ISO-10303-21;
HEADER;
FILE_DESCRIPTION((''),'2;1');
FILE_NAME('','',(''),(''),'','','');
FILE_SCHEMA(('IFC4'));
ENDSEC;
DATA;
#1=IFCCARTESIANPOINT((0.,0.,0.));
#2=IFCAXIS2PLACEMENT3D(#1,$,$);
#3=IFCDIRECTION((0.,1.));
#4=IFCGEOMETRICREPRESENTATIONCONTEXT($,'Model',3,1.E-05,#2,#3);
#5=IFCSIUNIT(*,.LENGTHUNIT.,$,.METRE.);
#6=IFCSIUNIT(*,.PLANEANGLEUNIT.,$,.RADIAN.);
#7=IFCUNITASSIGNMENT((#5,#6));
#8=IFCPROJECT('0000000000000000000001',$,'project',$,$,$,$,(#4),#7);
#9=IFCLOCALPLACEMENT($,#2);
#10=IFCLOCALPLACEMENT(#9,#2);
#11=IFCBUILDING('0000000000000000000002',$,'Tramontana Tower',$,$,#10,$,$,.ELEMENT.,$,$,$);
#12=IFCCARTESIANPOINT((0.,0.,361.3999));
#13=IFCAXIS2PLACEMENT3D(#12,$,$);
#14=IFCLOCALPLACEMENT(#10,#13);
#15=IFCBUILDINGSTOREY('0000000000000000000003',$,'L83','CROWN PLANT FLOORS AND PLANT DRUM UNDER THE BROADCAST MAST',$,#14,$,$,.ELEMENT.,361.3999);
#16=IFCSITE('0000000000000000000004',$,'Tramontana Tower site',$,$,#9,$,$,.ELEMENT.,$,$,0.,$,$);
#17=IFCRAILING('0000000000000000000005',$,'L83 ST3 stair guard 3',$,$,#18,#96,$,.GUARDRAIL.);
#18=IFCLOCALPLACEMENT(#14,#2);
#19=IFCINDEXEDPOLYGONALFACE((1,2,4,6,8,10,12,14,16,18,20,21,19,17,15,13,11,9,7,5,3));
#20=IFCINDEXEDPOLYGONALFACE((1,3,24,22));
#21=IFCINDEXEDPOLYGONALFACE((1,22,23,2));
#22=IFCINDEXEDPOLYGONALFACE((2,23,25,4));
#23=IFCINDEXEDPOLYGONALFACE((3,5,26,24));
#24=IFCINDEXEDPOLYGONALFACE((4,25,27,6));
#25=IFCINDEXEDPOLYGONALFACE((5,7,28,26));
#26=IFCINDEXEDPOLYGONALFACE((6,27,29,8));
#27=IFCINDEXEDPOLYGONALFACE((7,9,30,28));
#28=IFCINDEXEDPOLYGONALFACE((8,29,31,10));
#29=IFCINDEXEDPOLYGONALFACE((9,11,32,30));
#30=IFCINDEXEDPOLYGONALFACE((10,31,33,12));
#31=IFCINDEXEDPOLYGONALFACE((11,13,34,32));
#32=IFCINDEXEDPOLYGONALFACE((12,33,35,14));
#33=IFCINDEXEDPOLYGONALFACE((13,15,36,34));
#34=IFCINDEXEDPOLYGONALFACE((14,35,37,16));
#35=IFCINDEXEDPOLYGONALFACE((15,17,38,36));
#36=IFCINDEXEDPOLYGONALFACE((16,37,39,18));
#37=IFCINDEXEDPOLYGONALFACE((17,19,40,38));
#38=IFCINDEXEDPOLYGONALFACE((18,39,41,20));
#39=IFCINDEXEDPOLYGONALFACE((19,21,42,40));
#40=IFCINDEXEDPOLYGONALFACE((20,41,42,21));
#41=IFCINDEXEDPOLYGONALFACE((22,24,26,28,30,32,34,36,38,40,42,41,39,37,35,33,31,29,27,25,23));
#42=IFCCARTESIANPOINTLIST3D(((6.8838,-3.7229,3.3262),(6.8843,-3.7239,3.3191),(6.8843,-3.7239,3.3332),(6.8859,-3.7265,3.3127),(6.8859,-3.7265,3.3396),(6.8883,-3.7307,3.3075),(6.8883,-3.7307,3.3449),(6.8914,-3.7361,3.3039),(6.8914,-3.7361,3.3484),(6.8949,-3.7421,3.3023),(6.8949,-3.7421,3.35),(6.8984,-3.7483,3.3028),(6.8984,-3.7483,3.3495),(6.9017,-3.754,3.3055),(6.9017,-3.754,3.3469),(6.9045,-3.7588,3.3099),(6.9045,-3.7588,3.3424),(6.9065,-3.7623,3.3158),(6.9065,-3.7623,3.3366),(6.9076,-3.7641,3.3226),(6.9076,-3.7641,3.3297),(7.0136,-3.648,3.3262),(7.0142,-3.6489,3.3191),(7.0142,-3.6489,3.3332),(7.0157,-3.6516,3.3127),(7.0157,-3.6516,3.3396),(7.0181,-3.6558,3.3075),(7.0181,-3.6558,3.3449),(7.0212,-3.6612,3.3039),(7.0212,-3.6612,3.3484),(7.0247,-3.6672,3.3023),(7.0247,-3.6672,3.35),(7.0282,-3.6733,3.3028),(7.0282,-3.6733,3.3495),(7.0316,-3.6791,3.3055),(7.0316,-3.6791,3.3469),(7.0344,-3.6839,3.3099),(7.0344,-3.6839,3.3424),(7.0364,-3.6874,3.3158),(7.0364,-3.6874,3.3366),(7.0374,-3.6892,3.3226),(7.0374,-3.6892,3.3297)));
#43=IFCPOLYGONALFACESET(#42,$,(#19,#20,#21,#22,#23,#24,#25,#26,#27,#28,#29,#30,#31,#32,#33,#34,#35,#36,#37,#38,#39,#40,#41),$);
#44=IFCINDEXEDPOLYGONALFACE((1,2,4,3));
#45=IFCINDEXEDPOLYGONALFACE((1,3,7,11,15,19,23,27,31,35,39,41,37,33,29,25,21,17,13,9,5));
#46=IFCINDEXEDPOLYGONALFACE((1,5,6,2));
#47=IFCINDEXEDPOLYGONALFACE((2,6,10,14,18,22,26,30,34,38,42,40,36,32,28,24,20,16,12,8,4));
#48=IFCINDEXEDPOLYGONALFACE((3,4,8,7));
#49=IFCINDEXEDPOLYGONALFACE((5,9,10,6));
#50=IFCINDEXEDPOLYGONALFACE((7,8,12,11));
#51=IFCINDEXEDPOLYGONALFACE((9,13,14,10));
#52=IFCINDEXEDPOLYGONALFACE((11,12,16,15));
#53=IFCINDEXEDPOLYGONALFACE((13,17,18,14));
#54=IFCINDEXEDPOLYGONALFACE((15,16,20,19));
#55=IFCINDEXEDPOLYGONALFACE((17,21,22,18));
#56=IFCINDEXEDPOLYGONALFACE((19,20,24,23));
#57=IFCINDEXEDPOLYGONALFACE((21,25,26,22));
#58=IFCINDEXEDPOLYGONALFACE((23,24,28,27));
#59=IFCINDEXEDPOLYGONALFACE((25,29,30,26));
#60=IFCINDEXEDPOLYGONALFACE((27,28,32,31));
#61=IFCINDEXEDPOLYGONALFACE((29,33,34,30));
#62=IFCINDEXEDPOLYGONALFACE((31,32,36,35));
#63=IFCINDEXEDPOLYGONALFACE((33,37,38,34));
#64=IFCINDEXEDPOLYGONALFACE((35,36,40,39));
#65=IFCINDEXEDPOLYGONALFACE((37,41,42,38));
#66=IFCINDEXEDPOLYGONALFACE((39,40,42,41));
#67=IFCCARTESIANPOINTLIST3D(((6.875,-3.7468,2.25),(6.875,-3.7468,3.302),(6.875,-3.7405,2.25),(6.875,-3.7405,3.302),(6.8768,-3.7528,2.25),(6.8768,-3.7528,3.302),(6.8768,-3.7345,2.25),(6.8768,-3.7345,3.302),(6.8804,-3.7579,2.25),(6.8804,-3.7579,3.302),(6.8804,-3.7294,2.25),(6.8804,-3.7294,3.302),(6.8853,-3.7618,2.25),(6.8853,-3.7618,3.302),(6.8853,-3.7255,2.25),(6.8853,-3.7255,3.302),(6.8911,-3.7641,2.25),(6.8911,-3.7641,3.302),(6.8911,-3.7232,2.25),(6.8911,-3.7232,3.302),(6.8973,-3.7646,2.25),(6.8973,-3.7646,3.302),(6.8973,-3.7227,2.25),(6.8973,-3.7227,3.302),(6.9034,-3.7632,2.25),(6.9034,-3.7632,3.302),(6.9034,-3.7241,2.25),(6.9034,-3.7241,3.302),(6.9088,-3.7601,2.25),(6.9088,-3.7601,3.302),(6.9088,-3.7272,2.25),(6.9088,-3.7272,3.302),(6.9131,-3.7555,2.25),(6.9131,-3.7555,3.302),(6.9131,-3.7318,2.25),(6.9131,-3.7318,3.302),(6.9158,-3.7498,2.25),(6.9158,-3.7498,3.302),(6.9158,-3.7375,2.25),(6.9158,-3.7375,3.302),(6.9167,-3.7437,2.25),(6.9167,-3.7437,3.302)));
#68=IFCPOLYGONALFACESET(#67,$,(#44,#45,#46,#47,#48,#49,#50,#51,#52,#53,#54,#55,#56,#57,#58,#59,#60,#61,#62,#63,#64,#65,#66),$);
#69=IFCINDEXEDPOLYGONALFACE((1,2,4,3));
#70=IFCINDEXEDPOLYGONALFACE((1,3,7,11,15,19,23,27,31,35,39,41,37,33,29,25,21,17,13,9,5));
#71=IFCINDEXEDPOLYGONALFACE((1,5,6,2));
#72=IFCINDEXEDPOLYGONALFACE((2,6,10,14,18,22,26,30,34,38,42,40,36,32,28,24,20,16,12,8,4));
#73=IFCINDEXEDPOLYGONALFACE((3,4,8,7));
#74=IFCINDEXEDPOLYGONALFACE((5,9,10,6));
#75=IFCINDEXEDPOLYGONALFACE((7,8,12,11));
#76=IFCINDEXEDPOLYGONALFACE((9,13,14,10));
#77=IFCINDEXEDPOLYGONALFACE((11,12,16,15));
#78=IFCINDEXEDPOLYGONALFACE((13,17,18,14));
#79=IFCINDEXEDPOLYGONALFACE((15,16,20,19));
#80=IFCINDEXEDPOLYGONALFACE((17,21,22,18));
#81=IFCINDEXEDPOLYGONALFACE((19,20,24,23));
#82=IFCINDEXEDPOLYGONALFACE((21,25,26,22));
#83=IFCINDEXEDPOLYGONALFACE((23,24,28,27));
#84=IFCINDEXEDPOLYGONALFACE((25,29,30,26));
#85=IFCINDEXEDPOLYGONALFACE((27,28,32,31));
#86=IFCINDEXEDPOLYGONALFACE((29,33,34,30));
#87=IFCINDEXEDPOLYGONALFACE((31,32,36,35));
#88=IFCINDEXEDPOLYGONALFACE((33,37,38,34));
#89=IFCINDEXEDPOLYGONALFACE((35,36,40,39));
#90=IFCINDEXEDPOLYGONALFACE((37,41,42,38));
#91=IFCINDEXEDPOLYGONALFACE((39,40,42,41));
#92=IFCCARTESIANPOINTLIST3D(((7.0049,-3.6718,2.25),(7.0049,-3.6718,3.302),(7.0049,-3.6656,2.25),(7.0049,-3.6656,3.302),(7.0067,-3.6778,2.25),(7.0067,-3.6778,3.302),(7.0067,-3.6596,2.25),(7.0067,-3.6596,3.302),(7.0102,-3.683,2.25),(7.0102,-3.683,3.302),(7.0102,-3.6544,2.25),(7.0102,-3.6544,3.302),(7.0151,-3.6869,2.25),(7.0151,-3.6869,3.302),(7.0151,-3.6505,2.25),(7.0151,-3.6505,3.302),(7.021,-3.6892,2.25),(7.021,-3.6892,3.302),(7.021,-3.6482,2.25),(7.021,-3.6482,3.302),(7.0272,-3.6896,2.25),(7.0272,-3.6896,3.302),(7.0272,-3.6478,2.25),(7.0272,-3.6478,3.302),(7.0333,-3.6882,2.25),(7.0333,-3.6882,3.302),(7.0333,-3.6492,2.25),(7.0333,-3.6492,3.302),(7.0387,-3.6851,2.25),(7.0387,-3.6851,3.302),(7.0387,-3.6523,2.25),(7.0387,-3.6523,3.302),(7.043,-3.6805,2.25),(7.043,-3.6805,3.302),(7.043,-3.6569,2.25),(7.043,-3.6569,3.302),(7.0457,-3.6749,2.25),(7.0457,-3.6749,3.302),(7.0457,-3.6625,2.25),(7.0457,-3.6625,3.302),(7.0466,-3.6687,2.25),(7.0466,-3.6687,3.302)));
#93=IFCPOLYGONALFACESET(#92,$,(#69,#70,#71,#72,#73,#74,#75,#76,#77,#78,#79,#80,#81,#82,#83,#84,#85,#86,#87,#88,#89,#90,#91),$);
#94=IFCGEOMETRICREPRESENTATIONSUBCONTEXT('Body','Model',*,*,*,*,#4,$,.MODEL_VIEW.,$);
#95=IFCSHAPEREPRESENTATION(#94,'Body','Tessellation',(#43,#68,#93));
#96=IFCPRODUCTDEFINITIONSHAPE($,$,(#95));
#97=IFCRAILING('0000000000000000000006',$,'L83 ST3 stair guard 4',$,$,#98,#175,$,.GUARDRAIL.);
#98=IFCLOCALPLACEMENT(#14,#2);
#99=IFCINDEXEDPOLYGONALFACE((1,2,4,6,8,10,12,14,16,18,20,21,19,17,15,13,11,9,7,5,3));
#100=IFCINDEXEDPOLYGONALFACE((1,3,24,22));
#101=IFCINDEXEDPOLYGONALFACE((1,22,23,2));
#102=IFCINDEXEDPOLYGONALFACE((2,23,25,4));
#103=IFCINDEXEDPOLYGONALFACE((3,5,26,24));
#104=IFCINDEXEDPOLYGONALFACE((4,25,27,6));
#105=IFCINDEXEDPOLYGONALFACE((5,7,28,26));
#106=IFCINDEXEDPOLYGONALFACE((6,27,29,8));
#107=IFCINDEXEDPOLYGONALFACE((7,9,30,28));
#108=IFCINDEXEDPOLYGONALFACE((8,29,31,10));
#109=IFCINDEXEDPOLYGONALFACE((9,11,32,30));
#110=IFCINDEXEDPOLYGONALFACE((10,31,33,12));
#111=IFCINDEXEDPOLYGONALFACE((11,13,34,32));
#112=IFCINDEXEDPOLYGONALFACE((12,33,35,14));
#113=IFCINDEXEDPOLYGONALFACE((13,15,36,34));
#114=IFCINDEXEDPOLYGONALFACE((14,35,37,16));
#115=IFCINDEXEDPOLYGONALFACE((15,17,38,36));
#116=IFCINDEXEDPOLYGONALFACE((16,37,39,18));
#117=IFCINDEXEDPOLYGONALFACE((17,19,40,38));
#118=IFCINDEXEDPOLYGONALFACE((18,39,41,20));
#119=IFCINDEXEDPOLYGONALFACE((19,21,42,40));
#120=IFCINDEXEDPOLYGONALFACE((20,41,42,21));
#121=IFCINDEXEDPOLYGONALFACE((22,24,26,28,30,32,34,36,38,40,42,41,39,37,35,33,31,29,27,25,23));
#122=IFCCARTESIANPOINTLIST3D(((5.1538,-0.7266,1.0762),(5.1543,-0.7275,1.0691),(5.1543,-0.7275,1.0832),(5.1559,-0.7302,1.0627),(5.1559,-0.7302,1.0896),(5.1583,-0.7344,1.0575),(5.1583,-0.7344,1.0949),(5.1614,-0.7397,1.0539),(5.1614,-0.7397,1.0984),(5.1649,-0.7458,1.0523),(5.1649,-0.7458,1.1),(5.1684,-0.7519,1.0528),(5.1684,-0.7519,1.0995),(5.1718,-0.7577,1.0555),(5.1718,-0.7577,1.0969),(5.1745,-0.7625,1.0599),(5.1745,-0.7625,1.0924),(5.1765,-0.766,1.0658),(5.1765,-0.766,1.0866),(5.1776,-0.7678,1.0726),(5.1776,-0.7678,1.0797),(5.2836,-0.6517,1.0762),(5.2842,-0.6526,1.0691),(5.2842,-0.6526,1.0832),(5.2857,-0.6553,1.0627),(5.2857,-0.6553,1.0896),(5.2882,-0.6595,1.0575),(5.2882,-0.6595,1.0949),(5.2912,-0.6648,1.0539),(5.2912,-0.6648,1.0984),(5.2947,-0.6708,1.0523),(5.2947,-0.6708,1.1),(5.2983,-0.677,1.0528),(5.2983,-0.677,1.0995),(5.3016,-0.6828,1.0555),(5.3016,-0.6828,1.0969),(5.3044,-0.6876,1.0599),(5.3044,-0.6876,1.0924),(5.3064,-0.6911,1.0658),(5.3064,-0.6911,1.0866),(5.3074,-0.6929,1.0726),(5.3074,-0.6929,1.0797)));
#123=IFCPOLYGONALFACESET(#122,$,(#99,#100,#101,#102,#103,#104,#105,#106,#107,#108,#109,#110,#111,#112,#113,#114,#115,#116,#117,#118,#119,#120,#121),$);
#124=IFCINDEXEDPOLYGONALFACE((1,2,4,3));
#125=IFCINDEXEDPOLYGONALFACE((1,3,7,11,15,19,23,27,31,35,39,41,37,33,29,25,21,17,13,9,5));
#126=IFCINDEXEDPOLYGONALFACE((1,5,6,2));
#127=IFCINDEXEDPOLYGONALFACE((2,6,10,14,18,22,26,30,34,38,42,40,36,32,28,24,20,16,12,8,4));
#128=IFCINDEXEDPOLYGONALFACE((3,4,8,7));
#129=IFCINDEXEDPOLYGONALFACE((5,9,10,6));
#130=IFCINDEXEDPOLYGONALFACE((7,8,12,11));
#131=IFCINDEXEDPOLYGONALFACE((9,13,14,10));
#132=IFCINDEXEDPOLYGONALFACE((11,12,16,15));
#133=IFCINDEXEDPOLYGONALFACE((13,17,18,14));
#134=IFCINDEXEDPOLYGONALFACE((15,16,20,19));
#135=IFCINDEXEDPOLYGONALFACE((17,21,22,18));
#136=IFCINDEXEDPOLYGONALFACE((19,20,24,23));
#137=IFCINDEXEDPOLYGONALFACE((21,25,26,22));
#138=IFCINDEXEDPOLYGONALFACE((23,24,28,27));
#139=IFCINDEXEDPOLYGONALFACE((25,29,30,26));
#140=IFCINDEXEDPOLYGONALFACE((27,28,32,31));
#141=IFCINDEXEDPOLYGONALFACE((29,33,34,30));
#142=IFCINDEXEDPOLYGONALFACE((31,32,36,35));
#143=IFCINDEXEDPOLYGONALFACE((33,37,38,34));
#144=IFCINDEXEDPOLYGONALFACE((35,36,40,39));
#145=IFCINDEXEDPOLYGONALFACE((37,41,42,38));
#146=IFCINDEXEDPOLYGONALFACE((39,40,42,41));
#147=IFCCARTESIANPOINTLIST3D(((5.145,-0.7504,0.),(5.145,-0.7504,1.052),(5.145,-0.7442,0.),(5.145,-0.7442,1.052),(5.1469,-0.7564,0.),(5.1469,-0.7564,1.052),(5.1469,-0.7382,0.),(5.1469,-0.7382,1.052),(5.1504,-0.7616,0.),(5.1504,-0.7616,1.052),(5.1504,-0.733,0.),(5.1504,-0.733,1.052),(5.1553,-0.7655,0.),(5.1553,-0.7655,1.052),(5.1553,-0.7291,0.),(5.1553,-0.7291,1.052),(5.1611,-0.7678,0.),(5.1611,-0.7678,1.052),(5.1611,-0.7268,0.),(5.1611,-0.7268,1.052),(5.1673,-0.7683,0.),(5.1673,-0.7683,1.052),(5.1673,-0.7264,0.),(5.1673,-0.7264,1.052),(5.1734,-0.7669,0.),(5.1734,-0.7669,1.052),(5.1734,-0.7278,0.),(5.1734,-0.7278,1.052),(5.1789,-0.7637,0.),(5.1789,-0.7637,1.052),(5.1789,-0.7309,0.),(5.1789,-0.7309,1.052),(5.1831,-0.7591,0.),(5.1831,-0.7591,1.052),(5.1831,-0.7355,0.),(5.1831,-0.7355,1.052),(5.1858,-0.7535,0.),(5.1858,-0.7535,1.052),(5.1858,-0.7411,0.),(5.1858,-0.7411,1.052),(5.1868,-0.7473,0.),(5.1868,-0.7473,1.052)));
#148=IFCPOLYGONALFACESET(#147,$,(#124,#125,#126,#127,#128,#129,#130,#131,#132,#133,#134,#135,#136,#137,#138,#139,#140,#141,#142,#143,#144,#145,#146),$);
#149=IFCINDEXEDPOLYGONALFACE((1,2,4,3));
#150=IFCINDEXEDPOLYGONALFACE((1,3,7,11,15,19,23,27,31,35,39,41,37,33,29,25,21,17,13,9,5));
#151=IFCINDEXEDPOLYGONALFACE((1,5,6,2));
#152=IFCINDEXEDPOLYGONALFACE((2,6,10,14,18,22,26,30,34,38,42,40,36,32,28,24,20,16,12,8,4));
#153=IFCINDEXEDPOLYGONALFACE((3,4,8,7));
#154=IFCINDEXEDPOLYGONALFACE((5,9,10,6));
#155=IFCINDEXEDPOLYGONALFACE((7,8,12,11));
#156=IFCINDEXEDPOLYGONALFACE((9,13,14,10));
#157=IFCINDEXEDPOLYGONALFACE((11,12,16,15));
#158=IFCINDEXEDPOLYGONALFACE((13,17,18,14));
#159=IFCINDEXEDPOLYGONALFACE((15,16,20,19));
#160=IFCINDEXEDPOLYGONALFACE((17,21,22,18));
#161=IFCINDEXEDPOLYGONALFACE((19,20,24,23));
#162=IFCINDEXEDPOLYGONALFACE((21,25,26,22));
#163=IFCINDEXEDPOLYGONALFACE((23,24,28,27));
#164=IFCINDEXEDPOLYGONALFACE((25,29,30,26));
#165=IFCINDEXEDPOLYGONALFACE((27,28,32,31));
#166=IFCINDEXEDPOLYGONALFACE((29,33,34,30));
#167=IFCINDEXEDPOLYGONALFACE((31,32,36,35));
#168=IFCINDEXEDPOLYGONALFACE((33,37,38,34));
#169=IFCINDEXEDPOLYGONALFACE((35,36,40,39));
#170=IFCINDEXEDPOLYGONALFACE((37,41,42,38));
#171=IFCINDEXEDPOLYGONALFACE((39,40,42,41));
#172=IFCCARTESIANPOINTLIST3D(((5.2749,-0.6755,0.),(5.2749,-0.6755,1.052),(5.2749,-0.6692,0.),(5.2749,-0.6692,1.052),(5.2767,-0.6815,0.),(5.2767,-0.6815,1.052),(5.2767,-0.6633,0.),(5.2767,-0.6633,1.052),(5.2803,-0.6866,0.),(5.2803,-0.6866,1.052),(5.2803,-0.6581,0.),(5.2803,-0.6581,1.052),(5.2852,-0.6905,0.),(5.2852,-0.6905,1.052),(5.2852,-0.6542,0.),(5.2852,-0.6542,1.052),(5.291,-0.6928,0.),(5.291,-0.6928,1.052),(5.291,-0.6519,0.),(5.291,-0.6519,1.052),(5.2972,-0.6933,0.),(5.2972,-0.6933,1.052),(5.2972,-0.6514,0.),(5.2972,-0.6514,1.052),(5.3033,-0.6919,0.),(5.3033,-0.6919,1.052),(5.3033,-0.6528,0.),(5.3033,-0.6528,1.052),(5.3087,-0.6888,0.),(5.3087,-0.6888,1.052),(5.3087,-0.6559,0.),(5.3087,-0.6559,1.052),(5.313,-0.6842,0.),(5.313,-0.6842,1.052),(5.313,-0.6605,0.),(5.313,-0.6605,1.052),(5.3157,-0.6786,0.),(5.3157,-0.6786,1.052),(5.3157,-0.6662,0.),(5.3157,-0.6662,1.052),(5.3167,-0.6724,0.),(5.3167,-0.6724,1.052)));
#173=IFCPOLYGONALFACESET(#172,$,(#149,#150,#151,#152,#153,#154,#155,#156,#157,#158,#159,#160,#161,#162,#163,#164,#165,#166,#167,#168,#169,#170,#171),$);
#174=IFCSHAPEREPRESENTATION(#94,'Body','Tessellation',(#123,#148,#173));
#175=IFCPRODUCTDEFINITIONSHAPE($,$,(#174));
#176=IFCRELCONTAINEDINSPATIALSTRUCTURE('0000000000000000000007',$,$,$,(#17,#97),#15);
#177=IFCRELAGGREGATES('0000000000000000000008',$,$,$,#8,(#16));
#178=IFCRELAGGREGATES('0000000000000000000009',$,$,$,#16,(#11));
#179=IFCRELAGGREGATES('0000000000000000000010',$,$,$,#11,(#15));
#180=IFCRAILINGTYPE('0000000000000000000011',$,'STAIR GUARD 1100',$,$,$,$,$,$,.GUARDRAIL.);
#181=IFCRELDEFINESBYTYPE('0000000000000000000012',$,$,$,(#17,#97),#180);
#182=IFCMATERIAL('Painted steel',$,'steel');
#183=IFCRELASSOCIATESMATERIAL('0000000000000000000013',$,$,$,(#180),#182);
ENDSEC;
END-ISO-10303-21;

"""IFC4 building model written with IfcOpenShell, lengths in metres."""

from ifc_helpers import new_model, si_unit, direction, frame, origin, origin_2d, place, context, subcontext, project, spatial, circle, extrude, material, type_object, element, save


model = new_model("IFC4")

# Units and contexts
model_context = context("Model", 3, precision=1e-05, world=origin(), true_north=direction((0.0, 1.0)))
body_context = subcontext(model_context, "Body", "Model", "MODEL_VIEW")
ifc_project = project(units=[si_unit("LENGTHUNIT", "METRE"), si_unit("PLANEANGLEUNIT", "RADIAN")], contexts=[model_context])

# Site, building, storey
site_placement = place(None, origin())
site = spatial("IfcSite", under=ifc_project, at=site_placement, Name="Tramontana Tower site", CompositionType="ELEMENT", RefElevation=0.0)
building_placement = place(site_placement, origin())
building = spatial("IfcBuilding", under=site, at=building_placement, Name="Tramontana Tower", CompositionType="ELEMENT")
storey_placement = place(building_placement, frame((0.0, 0.0, 361.3999)))
storey = spatial("IfcBuildingStorey", under=building, at=storey_placement, Name="L83", Description="CROWN PLANT FLOORS AND PLANT DRUM UNDER THE BROADCAST MAST", CompositionType="ELEMENT", Elevation=361.3999)

# Railings
ifc_material_1 = material(Name="Painted steel", Category="steel")
railing_type_1 = type_object("IfcRailingType", Name="STAIR GUARD 1100", PredefinedType="GUARDRAIL", material=ifc_material_1)
for number, where, name in (
    (1, (6.8958, -3.7437, 2.25), "L83 ST3 stair guard 3"),
    (2, (5.1658, -0.7473, 0.0), "L83 ST3 stair guard 4"),
):
    element("IfcRailing", number, at=place(storey_placement, frame(where)), inside=storey, type_object=railing_type_1, Name=name, PredefinedType="GUARDRAIL", context=body_context, shape_type="SweptSolid", body=[
        extrude(circle(Radius=0.0239, at=origin_2d()), frame((0.0, 0.0, 1.0762), z_axis=(0.866131, 0.499816, 0.0), x_axis=(-0.499816, 0.866131, 0.0)), (0.0, 0.0, 1.0), 0.1499),
        extrude(circle(Radius=0.021, at=origin_2d()), origin(), (0.0, 0.0, 1.0), 1.052),
        extrude(circle(Radius=0.021, at=origin_2d()), frame((0.1299, 0.075, 0.0)), (0.0, 0.0, 1.0), 1.052),
    ])

save(model, "model.ifc")
